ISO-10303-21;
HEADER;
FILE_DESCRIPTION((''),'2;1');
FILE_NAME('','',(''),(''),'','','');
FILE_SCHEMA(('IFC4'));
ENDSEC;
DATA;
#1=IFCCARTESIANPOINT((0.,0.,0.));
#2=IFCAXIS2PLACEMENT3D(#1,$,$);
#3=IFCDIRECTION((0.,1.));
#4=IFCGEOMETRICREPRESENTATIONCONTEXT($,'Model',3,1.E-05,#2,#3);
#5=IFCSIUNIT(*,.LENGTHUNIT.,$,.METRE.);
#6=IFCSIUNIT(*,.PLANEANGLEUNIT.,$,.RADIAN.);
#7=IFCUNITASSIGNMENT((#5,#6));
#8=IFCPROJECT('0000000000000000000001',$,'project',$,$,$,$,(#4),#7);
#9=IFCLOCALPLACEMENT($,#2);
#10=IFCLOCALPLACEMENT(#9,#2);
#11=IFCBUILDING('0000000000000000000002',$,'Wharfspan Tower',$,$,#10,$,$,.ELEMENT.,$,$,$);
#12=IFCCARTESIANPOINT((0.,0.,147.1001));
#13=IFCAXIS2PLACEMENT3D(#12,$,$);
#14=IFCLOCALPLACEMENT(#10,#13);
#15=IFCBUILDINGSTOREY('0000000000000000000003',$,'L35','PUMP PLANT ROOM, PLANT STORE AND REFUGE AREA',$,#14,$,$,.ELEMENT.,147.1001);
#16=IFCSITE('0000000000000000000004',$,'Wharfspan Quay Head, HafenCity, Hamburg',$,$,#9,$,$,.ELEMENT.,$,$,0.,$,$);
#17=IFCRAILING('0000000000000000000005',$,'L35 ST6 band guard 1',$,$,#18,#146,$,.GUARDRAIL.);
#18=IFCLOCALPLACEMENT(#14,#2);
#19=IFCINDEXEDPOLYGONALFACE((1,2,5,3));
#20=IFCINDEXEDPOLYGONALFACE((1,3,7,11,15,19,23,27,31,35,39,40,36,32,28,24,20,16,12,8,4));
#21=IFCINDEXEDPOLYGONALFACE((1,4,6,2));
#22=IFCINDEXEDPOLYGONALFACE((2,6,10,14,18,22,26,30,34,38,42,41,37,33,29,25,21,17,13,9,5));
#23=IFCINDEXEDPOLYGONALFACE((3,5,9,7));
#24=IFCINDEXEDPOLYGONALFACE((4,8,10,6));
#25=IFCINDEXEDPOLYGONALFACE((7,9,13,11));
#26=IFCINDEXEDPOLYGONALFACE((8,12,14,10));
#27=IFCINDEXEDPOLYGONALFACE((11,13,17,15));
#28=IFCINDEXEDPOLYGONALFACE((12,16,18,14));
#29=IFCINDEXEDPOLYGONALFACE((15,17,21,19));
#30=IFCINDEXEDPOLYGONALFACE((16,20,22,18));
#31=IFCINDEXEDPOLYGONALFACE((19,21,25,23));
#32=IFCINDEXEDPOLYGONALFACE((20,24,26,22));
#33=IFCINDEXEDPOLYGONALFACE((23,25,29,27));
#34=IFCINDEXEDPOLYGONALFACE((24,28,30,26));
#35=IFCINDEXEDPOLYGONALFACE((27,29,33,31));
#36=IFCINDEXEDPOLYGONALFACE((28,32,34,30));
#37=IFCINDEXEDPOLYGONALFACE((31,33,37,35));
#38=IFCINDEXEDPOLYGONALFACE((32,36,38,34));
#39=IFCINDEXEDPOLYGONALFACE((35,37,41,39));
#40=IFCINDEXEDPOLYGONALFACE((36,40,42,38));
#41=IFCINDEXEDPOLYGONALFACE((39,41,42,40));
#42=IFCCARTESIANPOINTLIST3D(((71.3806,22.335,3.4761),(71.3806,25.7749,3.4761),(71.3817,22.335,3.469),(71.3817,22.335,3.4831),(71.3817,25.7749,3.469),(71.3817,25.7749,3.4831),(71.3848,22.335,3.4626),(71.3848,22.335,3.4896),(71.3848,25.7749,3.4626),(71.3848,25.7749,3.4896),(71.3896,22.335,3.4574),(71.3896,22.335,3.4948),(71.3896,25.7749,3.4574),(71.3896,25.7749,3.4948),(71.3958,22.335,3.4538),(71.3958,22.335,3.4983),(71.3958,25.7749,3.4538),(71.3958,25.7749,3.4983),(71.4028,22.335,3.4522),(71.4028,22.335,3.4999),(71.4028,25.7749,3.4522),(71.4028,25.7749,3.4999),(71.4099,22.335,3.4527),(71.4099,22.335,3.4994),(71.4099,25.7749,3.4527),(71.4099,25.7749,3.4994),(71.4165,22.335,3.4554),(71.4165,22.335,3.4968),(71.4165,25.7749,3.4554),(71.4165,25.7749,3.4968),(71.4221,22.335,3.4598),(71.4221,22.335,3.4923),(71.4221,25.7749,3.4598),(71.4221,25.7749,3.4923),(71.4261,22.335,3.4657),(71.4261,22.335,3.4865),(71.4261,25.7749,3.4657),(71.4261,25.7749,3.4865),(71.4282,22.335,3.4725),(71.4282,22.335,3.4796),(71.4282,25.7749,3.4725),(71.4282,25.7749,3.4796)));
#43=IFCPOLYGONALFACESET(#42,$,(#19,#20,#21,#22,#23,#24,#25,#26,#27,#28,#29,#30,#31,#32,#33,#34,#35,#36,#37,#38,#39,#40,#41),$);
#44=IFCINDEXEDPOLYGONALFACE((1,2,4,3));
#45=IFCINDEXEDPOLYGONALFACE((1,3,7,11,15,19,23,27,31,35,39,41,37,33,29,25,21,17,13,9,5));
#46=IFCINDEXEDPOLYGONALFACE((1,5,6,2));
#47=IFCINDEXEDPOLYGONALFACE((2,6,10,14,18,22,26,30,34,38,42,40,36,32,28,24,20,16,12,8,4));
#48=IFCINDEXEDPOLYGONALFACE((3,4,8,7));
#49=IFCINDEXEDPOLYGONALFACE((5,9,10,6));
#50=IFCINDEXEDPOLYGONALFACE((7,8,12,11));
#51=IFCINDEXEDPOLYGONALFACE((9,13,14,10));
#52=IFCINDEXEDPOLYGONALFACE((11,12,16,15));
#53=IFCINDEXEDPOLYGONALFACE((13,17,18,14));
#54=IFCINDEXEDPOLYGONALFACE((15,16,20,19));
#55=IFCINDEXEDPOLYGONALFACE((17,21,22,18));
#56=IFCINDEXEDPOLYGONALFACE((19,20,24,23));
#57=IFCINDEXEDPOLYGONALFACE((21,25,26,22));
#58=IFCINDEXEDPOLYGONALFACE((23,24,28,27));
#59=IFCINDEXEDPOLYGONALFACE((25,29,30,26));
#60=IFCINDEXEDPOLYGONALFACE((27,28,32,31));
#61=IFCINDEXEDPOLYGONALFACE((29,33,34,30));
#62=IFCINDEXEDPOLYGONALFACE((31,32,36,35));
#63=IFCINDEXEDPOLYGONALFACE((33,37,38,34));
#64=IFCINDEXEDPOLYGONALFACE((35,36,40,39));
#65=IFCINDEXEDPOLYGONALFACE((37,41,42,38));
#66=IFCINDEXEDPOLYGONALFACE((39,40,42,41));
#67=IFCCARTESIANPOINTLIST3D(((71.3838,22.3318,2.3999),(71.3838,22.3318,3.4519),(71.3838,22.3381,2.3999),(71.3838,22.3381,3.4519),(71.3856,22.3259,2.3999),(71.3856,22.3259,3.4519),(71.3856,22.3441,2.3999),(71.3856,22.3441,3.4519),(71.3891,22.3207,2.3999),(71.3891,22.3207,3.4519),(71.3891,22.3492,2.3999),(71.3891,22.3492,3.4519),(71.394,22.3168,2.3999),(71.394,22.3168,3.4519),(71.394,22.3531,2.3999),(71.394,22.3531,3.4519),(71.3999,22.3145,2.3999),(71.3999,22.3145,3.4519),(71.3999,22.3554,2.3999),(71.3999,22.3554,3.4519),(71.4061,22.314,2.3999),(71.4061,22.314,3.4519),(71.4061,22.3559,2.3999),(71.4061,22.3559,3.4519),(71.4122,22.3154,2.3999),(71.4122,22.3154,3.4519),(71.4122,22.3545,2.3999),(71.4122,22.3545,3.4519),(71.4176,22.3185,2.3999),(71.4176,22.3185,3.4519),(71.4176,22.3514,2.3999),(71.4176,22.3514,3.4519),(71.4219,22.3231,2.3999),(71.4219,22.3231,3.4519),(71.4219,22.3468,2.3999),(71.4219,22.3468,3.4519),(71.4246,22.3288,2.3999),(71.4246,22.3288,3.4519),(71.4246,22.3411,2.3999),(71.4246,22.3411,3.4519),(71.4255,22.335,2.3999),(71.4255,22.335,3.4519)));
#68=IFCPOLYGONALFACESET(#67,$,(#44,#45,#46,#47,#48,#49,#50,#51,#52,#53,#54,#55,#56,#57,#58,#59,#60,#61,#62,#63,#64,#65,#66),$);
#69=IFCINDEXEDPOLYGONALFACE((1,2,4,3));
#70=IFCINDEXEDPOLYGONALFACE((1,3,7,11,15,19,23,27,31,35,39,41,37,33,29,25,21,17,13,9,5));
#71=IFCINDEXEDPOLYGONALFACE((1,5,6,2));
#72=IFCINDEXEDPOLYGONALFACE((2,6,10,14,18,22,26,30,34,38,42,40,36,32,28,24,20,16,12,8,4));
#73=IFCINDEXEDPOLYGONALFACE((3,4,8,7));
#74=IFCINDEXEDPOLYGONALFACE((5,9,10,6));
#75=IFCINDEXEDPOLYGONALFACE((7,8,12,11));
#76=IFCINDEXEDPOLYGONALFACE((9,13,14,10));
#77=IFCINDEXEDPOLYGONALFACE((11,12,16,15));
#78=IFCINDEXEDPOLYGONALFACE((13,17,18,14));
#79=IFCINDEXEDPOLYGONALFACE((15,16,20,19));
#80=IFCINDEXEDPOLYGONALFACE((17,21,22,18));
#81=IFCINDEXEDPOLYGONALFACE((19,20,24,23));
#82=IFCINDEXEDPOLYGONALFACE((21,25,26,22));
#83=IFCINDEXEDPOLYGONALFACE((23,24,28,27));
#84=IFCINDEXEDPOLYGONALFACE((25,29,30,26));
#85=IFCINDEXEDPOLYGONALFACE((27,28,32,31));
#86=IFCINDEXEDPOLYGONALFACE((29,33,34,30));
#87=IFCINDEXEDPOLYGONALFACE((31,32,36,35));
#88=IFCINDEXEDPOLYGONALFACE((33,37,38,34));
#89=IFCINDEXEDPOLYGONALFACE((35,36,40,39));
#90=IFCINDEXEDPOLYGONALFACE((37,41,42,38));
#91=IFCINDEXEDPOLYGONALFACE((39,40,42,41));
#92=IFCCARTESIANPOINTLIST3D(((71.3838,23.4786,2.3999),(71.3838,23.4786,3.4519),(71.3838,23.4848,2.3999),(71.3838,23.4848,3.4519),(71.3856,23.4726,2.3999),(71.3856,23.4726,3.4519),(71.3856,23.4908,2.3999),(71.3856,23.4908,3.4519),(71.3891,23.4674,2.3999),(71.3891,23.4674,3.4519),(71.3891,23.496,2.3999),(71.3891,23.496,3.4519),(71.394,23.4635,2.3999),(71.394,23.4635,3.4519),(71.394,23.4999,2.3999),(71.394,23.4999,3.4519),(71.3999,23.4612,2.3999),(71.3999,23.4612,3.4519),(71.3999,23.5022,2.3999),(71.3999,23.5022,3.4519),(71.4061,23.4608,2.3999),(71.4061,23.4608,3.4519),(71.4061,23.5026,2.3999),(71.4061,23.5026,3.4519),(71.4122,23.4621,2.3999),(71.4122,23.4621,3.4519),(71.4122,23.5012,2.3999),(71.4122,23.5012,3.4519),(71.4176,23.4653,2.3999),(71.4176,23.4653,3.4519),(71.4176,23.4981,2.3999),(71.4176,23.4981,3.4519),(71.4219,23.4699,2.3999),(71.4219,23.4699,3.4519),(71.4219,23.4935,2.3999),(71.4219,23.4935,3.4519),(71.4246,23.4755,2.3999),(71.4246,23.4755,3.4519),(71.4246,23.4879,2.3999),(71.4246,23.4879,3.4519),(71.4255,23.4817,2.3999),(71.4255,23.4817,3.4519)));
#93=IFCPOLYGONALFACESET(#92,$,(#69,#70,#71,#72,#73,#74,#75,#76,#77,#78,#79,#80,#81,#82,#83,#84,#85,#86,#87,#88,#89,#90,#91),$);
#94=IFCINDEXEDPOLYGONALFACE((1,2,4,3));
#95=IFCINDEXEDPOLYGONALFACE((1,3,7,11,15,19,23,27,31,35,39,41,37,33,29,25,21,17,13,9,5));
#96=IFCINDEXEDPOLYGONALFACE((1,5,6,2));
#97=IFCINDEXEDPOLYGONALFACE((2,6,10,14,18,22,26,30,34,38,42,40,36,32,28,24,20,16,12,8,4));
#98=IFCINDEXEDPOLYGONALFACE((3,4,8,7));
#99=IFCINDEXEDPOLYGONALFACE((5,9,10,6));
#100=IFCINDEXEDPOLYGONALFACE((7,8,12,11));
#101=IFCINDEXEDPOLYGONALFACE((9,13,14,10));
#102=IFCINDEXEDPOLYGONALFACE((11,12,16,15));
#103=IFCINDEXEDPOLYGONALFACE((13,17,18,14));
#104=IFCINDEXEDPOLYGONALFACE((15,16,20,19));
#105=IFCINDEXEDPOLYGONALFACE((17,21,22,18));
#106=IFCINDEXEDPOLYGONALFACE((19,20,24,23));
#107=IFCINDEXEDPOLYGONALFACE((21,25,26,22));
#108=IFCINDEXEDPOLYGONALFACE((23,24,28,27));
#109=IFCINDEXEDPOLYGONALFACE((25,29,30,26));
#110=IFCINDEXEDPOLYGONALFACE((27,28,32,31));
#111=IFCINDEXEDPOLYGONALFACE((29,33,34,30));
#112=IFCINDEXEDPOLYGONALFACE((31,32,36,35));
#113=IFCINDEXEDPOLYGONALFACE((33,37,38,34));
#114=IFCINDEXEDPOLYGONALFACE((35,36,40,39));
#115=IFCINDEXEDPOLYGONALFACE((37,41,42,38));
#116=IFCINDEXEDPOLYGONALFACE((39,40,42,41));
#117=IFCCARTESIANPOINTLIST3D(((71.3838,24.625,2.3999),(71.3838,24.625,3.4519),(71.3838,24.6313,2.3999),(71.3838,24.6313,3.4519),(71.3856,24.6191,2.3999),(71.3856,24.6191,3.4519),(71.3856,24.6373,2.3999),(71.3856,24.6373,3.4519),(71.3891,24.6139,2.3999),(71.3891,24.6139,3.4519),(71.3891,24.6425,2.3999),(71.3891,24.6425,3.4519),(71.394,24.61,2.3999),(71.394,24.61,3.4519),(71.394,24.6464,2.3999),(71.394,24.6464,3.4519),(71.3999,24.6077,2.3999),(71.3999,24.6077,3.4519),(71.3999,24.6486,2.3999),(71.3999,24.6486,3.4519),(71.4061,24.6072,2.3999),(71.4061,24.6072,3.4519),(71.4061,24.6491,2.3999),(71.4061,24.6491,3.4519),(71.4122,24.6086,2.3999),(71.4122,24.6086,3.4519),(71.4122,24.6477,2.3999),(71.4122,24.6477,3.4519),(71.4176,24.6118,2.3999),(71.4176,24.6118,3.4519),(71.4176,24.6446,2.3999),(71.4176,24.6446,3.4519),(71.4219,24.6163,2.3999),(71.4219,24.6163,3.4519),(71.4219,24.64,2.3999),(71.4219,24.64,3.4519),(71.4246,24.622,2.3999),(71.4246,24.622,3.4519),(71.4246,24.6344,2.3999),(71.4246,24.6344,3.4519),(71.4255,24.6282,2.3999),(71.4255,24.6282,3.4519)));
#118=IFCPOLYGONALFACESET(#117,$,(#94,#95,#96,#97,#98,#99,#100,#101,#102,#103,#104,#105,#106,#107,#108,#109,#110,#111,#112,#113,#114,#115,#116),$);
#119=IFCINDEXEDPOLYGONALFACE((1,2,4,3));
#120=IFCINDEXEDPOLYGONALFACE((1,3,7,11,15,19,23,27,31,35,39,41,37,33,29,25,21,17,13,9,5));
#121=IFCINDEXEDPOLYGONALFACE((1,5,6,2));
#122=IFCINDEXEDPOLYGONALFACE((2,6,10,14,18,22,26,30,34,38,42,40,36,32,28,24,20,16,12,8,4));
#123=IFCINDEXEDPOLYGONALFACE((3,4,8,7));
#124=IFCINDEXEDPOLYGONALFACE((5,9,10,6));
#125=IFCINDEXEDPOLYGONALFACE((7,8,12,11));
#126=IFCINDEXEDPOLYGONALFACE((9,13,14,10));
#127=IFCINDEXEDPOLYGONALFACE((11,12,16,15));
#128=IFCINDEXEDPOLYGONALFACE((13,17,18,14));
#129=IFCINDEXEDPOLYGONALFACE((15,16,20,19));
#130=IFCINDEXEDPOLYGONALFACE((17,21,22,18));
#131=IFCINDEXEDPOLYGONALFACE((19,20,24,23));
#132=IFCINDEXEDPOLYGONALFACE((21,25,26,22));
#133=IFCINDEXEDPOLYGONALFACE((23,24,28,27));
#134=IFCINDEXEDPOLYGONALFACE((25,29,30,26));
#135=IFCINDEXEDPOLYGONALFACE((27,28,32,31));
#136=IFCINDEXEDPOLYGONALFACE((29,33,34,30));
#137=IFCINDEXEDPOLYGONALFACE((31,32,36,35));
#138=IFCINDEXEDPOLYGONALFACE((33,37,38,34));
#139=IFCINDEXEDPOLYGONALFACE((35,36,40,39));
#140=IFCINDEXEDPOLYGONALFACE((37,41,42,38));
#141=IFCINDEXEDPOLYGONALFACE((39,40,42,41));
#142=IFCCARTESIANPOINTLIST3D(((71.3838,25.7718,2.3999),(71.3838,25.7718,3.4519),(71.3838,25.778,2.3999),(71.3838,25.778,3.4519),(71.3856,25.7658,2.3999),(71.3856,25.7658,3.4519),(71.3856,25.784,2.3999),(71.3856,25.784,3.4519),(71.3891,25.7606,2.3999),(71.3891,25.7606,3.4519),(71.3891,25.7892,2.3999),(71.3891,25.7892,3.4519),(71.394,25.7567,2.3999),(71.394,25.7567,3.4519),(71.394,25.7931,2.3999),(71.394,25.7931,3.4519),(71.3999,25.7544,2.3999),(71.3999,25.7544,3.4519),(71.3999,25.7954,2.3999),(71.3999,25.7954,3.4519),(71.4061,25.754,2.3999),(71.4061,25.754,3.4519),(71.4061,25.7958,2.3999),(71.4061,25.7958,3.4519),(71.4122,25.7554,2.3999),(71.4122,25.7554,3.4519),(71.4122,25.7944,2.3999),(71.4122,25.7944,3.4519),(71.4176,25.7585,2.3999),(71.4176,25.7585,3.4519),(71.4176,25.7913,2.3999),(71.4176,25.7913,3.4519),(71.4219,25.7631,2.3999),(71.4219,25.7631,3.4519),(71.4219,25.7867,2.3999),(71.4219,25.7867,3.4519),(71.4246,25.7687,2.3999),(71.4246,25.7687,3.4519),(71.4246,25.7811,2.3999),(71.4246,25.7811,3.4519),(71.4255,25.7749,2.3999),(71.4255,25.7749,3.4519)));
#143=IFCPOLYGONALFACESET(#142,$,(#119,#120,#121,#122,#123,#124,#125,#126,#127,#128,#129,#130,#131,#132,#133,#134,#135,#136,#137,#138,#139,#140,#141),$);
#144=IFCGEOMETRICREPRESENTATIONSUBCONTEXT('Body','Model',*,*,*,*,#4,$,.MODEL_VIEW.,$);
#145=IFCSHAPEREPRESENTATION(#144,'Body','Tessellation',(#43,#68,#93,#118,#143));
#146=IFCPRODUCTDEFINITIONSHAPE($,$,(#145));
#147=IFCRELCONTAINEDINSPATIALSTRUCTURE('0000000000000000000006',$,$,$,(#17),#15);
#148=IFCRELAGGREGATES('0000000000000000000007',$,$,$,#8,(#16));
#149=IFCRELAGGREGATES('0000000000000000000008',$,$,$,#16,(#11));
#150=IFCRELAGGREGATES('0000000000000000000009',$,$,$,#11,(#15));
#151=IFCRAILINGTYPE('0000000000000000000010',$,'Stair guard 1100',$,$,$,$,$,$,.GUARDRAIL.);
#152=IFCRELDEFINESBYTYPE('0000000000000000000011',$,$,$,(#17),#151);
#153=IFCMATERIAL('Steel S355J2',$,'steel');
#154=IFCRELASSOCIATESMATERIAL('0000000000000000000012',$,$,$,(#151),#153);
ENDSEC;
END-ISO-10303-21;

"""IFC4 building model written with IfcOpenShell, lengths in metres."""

from ifc_helpers import new_model, si_unit, direction, frame, origin, origin_2d, place, context, subcontext, project, spatial, circle, extrude, material, type_object, element, save


model = new_model("IFC4")

# Units and contexts
model_context = context("Model", 3, precision=1e-05, world=origin(), true_north=direction((0.0, 1.0)))
body_context = subcontext(model_context, "Body", "Model", "MODEL_VIEW")
ifc_project = project(units=[si_unit("LENGTHUNIT", "METRE"), si_unit("PLANEANGLEUNIT", "RADIAN")], contexts=[model_context])

# Site, building, storey
site_placement = place(None, origin())
site = spatial("IfcSite", under=ifc_project, at=site_placement, Name="Wharfspan Quay Head, HafenCity, Hamburg", CompositionType="ELEMENT", RefElevation=0.0)
building_placement = place(site_placement, origin())
building = spatial("IfcBuilding", under=site, at=building_placement, Name="Wharfspan Tower", CompositionType="ELEMENT")
storey_placement = place(building_placement, frame((0.0, 0.0, 147.1001)))
storey = spatial("IfcBuildingStorey", under=building, at=storey_placement, Name="L35", Description="PUMP PLANT ROOM, PLANT STORE AND REFUGE AREA", CompositionType="ELEMENT", Elevation=147.1001)

# Railing
ifc_material_1 = material(Name="Steel S355J2", Category="steel")
railing_type = type_object("IfcRailingType", Name="Stair guard 1100", PredefinedType="GUARDRAIL", material=ifc_material_1)
railing_1_placement = place(storey_placement, frame((71.4045, 22.335, 2.3999)))
element("IfcRailing", 1, at=railing_1_placement, inside=storey, type_object=railing_type, Name="L35 ST6 band guard 1", PredefinedType="GUARDRAIL", context=body_context, shape_type="SweptSolid", body=[
    extrude(circle(Radius=0.0239, at=origin_2d()), frame((0.0, 0.0, 1.0762), z_axis=(0.0, 1.0, 0.0), x_axis=(-1.0, 0.0, 0.0)), (0.0, 0.0, 1.0), 3.4399),
    extrude(circle(Radius=0.021, at=origin_2d()), origin(), (0.0, 0.0, 1.0), 1.052),
    extrude(circle(Radius=0.021, at=origin_2d()), frame((0.0, 1.1467, 0.0)), (0.0, 0.0, 1.0), 1.052),
    extrude(circle(Radius=0.021, at=origin_2d()), frame((0.0, 2.2932, 0.0)), (0.0, 0.0, 1.0), 1.052),
    extrude(circle(Radius=0.021, at=origin_2d()), frame((0.0, 3.4399, 0.0)), (0.0, 0.0, 1.0), 1.052),
])

save(model, "model.ifc")
